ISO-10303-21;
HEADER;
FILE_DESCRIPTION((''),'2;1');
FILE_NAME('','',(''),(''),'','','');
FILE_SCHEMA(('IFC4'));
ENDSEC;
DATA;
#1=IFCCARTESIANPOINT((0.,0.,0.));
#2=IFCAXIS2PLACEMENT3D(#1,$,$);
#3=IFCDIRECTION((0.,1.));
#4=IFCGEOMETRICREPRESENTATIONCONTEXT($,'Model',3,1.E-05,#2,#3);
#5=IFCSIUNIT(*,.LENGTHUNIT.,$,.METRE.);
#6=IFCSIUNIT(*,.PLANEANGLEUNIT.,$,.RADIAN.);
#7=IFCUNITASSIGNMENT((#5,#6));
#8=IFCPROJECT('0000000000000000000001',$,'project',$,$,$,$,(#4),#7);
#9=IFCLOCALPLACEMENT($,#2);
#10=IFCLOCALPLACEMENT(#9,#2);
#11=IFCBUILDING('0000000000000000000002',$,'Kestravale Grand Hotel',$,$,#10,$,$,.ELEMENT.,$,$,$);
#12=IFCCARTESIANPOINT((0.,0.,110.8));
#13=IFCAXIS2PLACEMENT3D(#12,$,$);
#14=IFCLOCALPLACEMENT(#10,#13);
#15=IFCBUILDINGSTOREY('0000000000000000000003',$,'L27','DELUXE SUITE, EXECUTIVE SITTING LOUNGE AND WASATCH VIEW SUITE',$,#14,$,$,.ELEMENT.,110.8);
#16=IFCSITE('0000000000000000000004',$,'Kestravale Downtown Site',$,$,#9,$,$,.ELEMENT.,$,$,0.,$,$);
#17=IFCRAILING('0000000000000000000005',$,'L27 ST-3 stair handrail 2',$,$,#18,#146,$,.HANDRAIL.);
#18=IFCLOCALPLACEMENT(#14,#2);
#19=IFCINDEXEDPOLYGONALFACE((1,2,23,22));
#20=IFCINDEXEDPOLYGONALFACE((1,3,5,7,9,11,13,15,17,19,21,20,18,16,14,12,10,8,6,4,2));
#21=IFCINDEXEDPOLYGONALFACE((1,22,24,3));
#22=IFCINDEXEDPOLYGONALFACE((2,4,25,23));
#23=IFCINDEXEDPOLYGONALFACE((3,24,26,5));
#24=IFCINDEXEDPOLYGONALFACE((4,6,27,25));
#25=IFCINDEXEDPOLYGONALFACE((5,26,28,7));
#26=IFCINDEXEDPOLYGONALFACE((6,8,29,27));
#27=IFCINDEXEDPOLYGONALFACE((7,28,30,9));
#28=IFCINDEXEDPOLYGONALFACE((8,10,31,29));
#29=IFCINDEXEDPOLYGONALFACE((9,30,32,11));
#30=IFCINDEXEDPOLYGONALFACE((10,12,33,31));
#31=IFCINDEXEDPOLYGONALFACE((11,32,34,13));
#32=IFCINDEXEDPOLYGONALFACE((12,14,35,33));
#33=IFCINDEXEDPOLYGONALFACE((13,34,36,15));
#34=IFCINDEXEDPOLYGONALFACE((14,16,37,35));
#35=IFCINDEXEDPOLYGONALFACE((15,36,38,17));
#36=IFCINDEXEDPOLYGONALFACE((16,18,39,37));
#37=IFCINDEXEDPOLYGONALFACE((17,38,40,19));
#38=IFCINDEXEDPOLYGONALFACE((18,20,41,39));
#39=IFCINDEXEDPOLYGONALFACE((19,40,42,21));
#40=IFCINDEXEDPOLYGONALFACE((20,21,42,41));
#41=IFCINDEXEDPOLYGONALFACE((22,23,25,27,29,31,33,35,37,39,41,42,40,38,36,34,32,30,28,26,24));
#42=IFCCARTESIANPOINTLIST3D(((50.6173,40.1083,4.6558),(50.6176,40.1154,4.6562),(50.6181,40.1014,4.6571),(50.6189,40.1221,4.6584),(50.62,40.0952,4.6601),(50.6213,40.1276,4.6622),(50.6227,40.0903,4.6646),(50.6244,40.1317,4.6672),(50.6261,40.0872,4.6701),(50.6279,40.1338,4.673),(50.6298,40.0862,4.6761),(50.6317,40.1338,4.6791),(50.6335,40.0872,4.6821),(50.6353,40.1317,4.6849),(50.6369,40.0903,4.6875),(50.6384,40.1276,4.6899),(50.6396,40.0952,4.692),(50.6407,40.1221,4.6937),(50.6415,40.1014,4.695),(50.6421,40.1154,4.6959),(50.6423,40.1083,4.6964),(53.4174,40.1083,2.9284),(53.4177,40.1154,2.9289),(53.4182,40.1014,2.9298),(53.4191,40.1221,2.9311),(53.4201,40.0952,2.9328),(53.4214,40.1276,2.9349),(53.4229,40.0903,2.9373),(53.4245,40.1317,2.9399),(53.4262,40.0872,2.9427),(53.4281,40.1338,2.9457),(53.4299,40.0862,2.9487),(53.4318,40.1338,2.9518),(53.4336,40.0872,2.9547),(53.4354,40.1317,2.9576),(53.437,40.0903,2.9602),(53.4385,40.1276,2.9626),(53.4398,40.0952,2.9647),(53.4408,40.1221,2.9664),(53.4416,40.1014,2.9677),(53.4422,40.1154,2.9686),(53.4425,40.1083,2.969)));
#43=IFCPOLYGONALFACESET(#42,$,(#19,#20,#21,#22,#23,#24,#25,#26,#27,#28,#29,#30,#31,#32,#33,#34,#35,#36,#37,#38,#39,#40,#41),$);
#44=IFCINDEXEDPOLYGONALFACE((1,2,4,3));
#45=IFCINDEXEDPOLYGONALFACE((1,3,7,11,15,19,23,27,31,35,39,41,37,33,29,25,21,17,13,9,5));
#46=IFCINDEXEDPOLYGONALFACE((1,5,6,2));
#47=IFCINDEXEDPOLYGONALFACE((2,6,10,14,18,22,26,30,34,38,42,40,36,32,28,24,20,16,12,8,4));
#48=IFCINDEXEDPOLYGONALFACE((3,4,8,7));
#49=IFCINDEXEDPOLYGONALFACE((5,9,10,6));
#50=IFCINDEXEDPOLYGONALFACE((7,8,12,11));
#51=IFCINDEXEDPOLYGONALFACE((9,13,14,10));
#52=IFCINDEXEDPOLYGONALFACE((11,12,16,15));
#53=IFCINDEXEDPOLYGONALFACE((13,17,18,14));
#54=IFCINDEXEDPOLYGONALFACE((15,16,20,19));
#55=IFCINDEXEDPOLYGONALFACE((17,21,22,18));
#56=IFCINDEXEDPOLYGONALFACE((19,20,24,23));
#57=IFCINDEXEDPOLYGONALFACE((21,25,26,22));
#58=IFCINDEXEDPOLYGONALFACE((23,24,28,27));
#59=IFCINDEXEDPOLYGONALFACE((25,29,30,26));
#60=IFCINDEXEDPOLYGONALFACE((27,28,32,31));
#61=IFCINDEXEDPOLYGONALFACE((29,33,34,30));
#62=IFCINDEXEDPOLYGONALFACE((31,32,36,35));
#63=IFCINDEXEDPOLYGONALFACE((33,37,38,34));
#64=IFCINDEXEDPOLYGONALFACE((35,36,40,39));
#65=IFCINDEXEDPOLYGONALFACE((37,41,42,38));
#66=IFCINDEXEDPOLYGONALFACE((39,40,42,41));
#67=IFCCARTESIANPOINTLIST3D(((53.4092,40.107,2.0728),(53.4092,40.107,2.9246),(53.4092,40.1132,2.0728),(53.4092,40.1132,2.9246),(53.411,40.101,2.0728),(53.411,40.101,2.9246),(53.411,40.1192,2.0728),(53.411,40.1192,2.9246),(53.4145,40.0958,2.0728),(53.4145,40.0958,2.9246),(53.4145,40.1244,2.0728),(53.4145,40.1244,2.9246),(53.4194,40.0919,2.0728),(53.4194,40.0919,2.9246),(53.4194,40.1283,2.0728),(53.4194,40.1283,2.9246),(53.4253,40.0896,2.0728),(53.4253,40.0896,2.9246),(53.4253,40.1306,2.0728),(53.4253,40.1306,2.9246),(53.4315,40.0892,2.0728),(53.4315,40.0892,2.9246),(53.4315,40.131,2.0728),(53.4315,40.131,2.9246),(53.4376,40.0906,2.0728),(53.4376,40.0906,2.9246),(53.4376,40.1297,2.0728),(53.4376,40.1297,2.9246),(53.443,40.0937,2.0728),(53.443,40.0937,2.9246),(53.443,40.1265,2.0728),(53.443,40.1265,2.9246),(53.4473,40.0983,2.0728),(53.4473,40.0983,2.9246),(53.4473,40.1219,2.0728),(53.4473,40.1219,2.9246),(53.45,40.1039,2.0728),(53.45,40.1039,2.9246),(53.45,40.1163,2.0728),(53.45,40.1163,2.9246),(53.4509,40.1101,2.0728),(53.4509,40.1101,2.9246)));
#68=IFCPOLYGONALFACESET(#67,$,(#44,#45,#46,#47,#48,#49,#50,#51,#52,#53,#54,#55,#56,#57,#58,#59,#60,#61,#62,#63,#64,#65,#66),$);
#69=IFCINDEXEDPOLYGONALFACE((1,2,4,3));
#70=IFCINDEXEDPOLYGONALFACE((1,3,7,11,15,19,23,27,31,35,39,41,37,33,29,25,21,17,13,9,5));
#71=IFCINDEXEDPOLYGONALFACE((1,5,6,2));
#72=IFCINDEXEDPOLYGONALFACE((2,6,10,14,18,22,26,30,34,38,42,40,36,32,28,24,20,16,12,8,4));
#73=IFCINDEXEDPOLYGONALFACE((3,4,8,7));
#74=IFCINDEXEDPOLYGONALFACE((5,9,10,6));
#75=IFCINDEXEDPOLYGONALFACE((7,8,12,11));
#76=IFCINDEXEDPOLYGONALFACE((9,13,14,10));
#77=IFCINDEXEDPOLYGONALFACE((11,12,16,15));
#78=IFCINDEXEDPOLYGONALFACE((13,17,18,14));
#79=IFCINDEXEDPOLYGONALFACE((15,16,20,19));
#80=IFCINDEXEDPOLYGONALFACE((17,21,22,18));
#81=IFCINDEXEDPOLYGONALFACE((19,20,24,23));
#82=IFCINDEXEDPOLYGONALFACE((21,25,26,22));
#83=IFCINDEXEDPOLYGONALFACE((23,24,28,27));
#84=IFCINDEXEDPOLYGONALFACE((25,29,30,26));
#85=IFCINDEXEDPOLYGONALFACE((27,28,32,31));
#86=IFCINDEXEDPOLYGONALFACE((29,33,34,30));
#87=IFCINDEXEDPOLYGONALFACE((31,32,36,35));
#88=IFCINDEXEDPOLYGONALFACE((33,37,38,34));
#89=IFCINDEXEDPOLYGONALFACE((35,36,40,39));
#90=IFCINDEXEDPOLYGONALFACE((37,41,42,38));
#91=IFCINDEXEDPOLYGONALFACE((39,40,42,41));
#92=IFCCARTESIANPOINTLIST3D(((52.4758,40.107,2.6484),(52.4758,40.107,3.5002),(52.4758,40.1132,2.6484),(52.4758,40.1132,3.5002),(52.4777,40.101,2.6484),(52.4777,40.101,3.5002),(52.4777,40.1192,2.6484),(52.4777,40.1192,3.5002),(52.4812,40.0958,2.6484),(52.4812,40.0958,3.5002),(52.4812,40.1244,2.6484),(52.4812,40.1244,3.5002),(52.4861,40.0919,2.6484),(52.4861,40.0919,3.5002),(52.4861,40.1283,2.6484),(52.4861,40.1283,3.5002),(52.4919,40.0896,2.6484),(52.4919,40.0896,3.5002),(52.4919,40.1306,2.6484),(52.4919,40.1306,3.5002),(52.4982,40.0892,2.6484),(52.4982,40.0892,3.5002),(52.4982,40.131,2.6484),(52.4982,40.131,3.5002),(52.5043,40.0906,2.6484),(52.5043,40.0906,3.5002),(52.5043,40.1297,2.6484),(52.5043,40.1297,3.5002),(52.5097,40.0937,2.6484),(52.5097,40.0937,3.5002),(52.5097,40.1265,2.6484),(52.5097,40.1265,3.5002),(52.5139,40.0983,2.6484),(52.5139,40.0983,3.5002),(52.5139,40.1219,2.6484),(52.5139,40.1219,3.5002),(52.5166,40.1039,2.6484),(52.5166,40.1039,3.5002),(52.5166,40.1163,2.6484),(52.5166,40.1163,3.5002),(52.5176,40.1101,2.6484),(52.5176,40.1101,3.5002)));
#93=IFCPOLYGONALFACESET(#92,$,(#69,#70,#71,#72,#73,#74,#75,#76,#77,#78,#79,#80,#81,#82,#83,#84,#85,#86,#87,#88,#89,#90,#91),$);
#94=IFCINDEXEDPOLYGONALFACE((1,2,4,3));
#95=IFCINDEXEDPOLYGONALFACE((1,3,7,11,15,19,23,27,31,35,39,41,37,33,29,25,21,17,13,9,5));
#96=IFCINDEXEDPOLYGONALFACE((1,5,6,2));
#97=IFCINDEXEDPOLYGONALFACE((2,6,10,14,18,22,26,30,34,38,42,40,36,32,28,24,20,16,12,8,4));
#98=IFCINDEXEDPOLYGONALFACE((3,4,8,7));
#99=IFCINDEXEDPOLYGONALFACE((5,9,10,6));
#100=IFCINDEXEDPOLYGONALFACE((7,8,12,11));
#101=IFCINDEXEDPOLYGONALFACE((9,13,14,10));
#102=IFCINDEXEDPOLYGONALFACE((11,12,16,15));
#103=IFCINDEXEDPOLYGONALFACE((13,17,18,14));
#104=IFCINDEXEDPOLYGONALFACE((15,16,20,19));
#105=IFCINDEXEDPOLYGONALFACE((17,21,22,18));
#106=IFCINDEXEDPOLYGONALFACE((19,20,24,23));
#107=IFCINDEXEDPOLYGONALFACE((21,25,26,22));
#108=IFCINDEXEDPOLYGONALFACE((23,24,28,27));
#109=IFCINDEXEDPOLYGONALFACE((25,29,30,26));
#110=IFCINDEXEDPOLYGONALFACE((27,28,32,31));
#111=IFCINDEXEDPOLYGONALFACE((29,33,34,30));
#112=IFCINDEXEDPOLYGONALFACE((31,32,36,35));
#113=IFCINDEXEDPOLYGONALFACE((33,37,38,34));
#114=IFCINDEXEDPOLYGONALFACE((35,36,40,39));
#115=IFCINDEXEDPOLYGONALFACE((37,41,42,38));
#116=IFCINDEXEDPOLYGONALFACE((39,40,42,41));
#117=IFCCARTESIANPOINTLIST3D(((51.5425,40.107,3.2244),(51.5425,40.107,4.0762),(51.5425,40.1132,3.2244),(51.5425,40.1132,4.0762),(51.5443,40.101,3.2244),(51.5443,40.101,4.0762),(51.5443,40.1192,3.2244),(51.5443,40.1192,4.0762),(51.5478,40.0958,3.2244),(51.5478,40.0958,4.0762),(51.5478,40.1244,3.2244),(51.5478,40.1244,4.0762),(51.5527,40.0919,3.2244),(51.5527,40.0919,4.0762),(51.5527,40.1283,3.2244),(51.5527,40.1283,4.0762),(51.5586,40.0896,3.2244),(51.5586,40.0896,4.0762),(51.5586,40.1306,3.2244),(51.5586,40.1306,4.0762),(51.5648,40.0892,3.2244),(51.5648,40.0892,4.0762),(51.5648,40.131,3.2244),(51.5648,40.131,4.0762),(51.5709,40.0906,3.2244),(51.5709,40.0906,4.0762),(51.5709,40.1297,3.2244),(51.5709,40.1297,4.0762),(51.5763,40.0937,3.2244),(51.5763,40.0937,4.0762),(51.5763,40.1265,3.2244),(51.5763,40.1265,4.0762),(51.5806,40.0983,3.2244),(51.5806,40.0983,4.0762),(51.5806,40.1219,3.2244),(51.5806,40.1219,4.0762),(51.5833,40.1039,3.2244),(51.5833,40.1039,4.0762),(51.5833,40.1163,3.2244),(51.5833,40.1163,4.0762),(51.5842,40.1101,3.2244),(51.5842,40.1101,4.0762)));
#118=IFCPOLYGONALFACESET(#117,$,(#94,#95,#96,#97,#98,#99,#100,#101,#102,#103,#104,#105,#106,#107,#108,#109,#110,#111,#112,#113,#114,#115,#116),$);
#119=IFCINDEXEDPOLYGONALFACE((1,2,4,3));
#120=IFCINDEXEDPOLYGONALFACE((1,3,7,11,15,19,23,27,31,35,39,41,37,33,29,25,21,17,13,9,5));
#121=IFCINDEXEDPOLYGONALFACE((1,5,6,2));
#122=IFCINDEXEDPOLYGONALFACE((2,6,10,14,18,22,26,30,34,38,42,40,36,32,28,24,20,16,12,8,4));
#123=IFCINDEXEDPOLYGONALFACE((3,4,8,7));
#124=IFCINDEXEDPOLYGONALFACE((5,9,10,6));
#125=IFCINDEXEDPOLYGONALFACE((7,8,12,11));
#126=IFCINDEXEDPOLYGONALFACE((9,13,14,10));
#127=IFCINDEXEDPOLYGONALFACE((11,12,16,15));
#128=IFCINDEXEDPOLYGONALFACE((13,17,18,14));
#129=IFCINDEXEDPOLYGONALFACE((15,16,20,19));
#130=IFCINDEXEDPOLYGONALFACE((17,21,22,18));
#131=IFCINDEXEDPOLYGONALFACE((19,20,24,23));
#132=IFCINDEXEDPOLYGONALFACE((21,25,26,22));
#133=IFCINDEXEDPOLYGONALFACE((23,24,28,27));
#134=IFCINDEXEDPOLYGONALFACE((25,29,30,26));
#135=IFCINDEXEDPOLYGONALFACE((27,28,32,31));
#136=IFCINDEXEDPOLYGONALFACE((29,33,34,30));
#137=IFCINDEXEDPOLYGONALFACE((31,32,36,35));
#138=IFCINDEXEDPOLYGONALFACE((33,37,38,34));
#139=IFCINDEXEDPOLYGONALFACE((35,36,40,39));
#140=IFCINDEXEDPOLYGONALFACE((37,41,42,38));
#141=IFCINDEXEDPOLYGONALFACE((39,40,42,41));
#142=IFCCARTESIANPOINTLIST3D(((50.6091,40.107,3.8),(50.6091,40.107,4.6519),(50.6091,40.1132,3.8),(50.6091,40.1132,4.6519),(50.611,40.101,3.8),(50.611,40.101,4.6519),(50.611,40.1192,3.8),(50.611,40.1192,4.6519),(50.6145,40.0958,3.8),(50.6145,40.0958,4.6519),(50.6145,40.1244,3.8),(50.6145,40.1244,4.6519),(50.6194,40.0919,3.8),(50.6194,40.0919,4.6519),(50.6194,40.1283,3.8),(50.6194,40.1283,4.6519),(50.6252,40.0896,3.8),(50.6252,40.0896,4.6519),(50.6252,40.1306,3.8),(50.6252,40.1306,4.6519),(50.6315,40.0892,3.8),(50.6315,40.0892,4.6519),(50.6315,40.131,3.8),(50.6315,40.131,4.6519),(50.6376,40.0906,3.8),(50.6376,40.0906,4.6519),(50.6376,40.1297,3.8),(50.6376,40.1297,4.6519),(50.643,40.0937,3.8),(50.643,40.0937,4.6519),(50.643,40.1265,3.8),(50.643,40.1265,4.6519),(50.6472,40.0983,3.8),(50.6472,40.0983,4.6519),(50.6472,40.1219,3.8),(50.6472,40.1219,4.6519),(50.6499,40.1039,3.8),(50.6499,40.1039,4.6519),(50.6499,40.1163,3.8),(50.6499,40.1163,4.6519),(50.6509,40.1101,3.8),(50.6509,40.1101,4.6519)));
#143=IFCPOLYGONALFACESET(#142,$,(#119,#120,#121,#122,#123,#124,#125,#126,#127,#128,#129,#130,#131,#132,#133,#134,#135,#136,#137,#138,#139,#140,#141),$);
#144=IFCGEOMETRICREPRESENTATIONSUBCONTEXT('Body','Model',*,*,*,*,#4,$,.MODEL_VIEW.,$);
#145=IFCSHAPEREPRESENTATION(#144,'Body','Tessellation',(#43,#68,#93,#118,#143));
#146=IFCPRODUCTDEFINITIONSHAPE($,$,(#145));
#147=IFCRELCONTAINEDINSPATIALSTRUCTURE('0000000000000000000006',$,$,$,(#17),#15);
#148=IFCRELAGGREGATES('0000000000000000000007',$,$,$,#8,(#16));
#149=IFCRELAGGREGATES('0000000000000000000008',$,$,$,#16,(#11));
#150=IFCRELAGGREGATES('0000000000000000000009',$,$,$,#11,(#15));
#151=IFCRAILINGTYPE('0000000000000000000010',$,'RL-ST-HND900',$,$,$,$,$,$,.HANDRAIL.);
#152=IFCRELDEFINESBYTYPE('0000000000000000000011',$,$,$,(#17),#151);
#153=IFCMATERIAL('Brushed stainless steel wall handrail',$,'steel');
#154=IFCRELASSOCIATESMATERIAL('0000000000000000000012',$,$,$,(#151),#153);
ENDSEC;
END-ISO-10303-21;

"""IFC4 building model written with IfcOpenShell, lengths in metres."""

from ifc_helpers import new_model, si_unit, direction, frame, origin, origin_2d, place, context, subcontext, project, spatial, circle, extrude, material, type_object, element, save


model = new_model("IFC4")

# Units and contexts
model_context = context("Model", 3, precision=1e-05, world=origin(), true_north=direction((0.0, 1.0)))
body_context = subcontext(model_context, "Body", "Model", "MODEL_VIEW")
ifc_project = project(units=[si_unit("LENGTHUNIT", "METRE"), si_unit("PLANEANGLEUNIT", "RADIAN")], contexts=[model_context])

# Site, building, storey
site_placement = place(None, origin())
site = spatial("IfcSite", under=ifc_project, at=site_placement, Name="Kestravale Downtown Site", CompositionType="ELEMENT", RefElevation=0.0)
building_placement = place(site_placement, origin())
building = spatial("IfcBuilding", under=site, at=building_placement, Name="Kestravale Grand Hotel", CompositionType="ELEMENT")
storey_placement = place(building_placement, frame((0.0, 0.0, 110.8)))
storey = spatial("IfcBuildingStorey", under=building, at=storey_placement, Name="L27", Description="DELUXE SUITE, EXECUTIVE SITTING LOUNGE AND WASATCH VIEW SUITE", CompositionType="ELEMENT", Elevation=110.8)

# Railing
ifc_material_1 = material(Name="Brushed stainless steel wall handrail", Category="steel")
railing_type_1 = type_object("IfcRailingType", Name="RL-ST-HND900", PredefinedType="HANDRAIL", material=ifc_material_1)
railing_1_placement = place(storey_placement, frame((53.4299, 40.1101, 2.0728)))
element("IfcRailing", 1, at=railing_1_placement, inside=storey, type_object=railing_type_1, Name="L27 ST-3 stair handrail 2", PredefinedType="HANDRAIL", context=body_context, shape_type="SweptSolid", body=[
    extrude(circle(Radius=0.0239, at=origin_2d()), frame((0.0, 0.0, 0.876), z_axis=(-0.85109, 0.0, 0.52502), x_axis=(0.0, -1.0, 0.0)), (0.0, 0.0, 1.0), 3.29),
    extrude(circle(Radius=0.021, at=origin_2d()), origin(), (0.0, 0.0, 1.0), 0.8518),
    extrude(circle(Radius=0.021, at=origin_2d()), frame((-0.9333, 0.0, 0.5757)), (0.0, 0.0, 1.0), 0.8518),
    extrude(circle(Radius=0.021, at=origin_2d()), frame((-1.8667, 0.0, 1.1516)), (0.0, 0.0, 1.0), 0.8518),
    extrude(circle(Radius=0.021, at=origin_2d()), frame((-2.8, 0.0, 1.7273)), (0.0, 0.0, 1.0), 0.8518),
])

save(model, "model.ifc")
